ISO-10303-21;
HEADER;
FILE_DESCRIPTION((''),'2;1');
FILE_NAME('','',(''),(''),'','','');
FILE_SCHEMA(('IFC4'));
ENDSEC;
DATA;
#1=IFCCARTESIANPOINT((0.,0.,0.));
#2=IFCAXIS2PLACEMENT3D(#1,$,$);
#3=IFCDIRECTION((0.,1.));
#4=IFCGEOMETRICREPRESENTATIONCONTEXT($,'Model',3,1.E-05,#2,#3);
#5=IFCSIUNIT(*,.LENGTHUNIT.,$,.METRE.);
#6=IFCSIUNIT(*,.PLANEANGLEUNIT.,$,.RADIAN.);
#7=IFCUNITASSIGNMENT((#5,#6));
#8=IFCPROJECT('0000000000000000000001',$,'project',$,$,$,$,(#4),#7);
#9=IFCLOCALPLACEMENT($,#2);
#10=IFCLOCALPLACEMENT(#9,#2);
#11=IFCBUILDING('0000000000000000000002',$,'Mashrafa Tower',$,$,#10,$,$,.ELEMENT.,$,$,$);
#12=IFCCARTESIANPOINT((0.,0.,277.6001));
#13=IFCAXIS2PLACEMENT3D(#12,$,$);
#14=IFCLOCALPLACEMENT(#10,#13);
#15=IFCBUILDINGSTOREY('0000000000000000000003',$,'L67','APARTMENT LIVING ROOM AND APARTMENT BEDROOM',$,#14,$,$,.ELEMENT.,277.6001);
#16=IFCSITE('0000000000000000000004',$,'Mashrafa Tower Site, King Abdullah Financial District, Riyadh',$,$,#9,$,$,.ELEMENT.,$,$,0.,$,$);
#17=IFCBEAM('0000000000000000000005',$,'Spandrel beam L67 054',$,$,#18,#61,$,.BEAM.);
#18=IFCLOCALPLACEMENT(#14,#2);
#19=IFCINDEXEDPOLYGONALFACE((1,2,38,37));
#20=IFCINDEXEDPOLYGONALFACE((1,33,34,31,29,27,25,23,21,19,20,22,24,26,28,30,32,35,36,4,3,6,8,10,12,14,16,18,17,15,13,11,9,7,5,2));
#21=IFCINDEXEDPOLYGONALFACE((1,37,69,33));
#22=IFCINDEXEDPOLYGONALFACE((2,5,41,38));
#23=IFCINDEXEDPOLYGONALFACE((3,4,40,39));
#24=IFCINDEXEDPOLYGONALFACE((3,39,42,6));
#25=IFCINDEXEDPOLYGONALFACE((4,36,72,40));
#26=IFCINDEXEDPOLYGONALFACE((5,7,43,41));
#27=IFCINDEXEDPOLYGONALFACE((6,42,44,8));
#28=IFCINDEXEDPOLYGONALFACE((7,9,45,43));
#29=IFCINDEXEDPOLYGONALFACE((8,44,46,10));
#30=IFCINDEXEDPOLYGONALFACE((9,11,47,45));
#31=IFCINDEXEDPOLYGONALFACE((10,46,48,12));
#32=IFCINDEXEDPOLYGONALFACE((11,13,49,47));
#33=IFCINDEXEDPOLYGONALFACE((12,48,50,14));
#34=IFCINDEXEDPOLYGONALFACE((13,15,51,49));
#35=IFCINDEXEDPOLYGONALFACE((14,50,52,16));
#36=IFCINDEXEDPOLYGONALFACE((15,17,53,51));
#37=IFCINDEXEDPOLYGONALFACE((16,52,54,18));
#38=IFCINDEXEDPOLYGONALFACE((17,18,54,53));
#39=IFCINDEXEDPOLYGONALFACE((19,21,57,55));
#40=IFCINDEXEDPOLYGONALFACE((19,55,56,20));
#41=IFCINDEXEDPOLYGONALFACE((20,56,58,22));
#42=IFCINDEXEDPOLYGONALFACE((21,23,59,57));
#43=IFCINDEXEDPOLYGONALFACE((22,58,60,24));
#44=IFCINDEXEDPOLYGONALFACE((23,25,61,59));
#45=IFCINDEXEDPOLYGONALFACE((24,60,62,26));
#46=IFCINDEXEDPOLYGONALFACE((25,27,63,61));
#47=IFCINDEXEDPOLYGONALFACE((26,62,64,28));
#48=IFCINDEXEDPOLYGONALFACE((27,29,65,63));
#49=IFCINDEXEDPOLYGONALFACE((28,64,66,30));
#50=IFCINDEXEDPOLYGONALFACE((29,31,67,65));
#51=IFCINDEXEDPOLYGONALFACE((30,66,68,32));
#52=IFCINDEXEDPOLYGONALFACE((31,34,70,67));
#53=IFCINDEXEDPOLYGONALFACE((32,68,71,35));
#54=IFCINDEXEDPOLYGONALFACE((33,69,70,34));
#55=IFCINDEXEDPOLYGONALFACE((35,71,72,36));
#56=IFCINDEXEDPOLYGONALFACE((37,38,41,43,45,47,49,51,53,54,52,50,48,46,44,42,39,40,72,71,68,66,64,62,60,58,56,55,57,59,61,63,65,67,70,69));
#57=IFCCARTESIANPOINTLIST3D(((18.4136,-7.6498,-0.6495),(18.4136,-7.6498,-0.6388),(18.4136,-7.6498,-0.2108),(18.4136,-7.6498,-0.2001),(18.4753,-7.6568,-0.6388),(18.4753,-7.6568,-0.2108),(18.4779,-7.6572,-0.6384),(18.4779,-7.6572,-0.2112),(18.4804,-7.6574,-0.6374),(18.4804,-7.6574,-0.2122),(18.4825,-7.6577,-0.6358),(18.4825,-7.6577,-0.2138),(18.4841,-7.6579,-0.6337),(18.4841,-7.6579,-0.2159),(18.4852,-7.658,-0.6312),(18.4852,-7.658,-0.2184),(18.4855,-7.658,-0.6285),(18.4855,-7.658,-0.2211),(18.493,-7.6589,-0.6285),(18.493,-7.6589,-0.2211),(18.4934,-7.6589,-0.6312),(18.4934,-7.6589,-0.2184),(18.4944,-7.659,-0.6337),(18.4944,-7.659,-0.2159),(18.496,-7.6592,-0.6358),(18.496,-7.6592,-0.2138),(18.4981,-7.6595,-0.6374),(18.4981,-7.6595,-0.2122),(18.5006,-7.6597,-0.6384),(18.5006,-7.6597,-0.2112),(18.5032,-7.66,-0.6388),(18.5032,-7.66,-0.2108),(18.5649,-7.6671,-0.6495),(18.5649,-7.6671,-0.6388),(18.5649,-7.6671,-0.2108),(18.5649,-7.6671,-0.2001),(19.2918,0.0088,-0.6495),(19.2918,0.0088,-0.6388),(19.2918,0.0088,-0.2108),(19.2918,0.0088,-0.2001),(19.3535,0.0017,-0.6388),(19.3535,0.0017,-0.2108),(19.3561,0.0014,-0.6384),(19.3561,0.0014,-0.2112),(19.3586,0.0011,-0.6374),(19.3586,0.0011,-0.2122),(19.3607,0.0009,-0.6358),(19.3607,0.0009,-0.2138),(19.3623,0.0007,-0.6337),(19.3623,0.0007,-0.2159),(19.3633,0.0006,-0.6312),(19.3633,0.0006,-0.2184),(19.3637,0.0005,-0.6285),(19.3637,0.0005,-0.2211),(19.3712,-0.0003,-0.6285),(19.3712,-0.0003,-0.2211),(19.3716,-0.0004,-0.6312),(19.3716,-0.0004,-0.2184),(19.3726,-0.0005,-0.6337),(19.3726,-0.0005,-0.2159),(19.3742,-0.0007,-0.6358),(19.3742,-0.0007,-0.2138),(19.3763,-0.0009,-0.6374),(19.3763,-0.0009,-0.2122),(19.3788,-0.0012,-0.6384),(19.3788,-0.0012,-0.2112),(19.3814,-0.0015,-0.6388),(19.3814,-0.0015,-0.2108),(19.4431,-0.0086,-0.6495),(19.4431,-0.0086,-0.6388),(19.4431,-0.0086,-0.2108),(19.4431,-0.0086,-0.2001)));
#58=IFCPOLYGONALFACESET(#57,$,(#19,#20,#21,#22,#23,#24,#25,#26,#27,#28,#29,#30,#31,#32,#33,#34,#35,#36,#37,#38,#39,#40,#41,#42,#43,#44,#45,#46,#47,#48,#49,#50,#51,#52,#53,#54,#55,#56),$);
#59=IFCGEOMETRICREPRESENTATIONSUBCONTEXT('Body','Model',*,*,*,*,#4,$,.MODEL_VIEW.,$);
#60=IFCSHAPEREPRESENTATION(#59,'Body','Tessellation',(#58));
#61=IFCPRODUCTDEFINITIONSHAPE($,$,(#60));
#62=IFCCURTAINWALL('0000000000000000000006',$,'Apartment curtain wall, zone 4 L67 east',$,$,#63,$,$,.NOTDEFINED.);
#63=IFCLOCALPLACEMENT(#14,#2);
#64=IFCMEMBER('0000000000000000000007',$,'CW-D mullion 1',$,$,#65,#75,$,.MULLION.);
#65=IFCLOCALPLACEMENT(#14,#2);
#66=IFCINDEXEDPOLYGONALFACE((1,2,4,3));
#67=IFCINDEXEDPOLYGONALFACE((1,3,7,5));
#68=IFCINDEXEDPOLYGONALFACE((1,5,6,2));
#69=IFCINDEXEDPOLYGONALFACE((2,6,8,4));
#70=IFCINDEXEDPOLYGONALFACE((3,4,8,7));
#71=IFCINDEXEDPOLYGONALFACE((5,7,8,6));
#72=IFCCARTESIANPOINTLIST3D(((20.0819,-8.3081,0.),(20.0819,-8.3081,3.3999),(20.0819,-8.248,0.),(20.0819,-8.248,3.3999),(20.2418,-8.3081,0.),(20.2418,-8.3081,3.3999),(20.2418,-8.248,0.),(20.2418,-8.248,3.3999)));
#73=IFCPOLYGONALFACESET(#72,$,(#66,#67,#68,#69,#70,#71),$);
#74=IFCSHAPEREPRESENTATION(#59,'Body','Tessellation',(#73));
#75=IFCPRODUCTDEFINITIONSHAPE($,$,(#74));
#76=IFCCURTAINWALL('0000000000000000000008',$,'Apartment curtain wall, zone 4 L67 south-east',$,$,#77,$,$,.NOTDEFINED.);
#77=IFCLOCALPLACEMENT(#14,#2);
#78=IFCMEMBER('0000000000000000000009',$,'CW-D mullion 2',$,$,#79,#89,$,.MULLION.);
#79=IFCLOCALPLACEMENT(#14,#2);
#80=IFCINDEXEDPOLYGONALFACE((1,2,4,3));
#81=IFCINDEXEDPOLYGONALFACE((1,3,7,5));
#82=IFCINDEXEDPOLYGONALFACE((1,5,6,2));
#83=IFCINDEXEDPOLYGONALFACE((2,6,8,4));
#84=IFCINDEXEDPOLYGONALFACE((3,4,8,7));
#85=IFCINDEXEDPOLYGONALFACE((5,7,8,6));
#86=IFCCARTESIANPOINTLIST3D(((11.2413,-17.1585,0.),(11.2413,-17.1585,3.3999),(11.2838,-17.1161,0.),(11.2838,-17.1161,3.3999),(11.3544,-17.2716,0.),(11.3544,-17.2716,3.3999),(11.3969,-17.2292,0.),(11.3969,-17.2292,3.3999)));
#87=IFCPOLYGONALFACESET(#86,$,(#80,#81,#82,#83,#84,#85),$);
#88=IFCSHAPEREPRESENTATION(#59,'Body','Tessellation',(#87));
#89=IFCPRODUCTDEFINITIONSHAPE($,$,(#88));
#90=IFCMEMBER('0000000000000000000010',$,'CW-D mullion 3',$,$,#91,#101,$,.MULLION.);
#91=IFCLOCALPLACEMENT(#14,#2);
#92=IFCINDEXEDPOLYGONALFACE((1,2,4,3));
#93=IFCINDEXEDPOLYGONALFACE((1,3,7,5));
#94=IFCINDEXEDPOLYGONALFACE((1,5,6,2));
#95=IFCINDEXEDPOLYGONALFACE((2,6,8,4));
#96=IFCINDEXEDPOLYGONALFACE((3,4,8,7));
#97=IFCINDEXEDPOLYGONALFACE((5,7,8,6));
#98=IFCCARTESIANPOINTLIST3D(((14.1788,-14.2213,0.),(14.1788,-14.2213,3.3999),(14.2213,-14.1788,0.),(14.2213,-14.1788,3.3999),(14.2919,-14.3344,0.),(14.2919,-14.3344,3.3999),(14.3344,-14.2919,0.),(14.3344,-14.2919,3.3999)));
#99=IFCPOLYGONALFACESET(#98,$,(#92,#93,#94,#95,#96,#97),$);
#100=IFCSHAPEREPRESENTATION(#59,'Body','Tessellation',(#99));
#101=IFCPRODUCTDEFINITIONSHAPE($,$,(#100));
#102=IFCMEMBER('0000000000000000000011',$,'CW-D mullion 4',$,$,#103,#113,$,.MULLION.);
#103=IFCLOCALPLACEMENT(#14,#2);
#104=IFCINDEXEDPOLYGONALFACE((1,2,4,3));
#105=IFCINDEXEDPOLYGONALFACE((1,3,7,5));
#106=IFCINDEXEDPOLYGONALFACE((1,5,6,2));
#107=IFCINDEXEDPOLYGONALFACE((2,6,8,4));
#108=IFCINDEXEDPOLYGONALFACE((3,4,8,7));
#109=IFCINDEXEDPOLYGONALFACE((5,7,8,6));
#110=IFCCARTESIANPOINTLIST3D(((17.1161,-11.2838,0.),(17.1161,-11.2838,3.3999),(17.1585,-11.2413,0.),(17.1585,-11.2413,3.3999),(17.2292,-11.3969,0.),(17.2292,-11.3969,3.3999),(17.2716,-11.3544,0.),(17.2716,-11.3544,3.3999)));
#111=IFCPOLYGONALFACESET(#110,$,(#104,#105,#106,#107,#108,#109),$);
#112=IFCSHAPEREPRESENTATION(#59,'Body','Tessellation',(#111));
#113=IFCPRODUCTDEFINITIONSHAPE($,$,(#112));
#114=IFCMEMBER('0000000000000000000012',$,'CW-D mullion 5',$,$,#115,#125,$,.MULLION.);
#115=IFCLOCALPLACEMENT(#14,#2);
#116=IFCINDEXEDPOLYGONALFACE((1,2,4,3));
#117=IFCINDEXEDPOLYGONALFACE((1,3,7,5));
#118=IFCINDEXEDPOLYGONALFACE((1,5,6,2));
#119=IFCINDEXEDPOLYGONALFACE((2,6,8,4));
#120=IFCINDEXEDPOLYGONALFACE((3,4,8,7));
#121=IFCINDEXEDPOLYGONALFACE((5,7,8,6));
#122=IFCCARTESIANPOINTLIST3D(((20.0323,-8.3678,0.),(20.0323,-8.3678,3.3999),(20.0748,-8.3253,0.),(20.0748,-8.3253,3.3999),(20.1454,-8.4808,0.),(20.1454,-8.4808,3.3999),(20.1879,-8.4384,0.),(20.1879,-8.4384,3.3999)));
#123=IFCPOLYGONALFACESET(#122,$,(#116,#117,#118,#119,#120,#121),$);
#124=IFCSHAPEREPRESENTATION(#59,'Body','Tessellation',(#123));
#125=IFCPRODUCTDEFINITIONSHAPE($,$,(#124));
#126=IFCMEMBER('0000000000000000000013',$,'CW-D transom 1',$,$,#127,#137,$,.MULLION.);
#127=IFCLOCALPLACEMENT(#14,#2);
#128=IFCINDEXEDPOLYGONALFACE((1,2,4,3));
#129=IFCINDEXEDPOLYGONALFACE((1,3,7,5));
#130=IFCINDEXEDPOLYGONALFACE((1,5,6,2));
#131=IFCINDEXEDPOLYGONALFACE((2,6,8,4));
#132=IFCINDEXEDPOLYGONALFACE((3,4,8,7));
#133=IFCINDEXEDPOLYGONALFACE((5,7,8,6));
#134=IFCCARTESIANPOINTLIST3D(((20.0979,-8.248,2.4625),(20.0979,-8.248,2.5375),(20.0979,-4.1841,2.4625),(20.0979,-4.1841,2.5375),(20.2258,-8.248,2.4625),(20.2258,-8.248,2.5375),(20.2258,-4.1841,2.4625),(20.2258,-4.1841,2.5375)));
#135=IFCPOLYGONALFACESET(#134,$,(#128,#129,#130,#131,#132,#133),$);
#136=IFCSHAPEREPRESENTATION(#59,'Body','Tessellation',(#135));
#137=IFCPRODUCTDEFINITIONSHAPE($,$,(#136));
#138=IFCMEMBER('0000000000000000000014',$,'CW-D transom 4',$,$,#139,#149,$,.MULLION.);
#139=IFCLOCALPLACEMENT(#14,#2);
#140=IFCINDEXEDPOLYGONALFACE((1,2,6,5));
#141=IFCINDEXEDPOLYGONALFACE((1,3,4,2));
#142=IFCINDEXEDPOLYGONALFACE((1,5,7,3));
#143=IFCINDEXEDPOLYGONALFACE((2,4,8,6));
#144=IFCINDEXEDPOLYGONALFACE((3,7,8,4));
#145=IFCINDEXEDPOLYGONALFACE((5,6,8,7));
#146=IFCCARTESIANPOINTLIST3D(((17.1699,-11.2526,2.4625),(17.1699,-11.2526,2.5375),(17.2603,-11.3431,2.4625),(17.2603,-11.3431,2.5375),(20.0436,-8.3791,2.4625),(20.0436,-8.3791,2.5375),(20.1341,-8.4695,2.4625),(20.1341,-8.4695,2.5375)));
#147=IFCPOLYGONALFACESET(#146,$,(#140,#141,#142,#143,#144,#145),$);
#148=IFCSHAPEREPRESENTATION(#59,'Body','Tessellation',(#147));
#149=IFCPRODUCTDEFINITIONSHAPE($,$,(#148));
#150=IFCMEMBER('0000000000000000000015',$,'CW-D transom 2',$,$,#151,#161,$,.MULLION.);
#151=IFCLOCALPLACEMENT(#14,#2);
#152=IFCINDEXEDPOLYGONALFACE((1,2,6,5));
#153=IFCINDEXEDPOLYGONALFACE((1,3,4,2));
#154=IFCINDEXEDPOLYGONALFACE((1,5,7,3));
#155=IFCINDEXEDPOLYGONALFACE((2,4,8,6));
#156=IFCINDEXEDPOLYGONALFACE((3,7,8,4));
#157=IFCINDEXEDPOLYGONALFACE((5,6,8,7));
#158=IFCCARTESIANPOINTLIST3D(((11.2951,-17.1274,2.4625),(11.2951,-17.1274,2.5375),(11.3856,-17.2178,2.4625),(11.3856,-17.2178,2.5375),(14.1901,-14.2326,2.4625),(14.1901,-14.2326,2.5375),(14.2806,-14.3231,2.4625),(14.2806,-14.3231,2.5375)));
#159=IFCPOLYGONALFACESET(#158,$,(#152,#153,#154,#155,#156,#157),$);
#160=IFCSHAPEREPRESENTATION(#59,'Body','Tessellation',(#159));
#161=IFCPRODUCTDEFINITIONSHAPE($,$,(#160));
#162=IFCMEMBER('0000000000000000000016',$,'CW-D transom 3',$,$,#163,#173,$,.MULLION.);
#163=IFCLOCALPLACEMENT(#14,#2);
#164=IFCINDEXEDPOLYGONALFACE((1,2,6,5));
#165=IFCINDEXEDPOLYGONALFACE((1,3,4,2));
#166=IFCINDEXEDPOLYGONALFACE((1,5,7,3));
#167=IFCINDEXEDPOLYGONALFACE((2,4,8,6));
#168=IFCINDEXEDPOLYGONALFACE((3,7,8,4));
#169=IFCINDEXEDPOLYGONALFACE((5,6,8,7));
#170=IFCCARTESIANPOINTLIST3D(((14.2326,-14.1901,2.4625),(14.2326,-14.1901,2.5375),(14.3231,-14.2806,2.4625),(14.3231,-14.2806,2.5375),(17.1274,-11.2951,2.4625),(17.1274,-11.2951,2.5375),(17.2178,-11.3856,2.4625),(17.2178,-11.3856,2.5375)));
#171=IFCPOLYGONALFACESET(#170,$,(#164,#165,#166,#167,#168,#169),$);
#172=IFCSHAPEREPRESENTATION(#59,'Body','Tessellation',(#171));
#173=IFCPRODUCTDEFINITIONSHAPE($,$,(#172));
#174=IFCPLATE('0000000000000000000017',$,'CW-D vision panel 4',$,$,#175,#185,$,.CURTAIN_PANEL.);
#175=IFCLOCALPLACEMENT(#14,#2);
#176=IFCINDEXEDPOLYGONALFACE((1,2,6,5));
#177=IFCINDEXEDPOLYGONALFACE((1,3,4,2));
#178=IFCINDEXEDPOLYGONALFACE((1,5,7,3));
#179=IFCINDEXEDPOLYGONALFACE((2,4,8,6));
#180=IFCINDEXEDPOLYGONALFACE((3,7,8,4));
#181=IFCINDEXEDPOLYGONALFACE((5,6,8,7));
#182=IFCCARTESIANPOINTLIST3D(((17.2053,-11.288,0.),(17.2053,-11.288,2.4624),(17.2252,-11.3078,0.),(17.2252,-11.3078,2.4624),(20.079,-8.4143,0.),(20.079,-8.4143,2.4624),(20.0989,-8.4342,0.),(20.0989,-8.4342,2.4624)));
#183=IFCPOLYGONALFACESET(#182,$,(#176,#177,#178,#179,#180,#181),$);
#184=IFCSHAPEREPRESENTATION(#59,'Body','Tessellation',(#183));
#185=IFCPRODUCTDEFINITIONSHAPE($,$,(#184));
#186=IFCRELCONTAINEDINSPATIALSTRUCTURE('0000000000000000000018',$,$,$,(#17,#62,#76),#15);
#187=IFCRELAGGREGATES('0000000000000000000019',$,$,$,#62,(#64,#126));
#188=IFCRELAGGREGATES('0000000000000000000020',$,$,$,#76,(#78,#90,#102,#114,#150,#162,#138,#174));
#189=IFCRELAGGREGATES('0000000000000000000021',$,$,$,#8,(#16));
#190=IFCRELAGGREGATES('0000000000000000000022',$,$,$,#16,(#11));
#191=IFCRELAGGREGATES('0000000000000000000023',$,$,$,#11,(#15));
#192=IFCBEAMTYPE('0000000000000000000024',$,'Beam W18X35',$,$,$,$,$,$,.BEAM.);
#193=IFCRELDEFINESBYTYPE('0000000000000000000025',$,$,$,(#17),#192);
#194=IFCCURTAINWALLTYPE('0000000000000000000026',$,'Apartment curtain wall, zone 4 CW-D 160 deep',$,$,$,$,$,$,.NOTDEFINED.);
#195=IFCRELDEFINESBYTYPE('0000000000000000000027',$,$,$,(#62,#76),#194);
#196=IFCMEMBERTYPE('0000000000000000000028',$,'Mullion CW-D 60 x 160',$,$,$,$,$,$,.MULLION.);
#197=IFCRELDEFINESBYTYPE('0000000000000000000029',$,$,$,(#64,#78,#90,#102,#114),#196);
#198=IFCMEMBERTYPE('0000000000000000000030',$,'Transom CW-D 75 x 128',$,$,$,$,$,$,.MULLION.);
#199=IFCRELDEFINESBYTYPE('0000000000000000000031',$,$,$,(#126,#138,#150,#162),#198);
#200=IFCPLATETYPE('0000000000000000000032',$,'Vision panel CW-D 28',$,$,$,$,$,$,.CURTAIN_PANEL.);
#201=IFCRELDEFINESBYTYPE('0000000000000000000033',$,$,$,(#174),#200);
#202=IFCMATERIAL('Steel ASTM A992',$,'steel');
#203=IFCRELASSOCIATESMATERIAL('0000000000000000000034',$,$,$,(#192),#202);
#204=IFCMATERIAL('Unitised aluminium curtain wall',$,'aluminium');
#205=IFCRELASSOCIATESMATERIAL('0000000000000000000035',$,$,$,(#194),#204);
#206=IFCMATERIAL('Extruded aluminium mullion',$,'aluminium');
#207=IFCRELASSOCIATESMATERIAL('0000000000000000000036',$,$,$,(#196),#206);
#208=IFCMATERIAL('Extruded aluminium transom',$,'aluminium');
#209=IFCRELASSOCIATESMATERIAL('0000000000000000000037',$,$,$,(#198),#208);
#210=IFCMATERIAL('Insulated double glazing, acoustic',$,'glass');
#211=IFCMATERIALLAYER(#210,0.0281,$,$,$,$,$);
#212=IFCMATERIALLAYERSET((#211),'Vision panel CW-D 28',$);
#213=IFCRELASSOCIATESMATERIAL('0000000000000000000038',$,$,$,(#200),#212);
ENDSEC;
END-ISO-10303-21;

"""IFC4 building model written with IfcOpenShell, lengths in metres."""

from ifc_helpers import new_model, si_unit, direction, frame, origin, origin_2d, place, context, subcontext, project, spatial, rectangle, i_section, extrude, source, transform, mapped, material, layer, layer_set, material_profile, profile_set, type_object, type_shapes, element, aggregate, save


model = new_model("IFC4")

# Units and contexts
model_context = context("Model", 3, precision=1e-05, world=origin(), true_north=direction((0.0, 1.0)))
body_context = subcontext(model_context, "Body", "Model", "MODEL_VIEW")
ifc_project = project(units=[si_unit("LENGTHUNIT", "METRE"), si_unit("PLANEANGLEUNIT", "RADIAN")], contexts=[model_context])

# Site, building, storey
site_placement = place(None, origin())
site = spatial("IfcSite", under=ifc_project, at=site_placement, Name="Mashrafa Tower Site, King Abdullah Financial District, Riyadh", CompositionType="ELEMENT", RefElevation=0.0)
building_placement = place(site_placement, origin())
building = spatial("IfcBuilding", under=site, at=building_placement, Name="Mashrafa Tower", CompositionType="ELEMENT")
storey_placement = place(building_placement, frame((0.0, 0.0, 277.6001)))
storey = spatial("IfcBuildingStorey", under=building, at=storey_placement, Name="L67", Description="APARTMENT LIVING ROOM AND APARTMENT BEDROOM", CompositionType="ELEMENT", Elevation=277.6001)

# Beam
ifc_material_1 = material(Name="Steel ASTM A992", Category="steel")
ifc_material_profile_1 = material_profile(ifc_material_1, i_section(OverallWidth=0.1523, OverallDepth=0.4495, WebThickness=0.0076, FlangeThickness=0.0107, FilletRadius=0.0103, at=origin_2d()), Name="W18X35")
ifc_profile_set_1 = profile_set([ifc_material_profile_1], Name="Steel ASTM A992")
beam_type_1 = type_object("IfcBeamType", Name="Beam W18X35", PredefinedType="BEAM", material=ifc_profile_set_1)
for number, where, z_axis, x_axis, name in (
    (1, (18.4893, -7.6584, -0.4248), (0.113921, 0.99349, 0.0), (-0.99349, 0.113921, 0.0), "Spandrel beam L67 054"),
):
    element("IfcBeam", number, at=place(storey_placement, frame(where, z_axis=z_axis, x_axis=x_axis)), inside=storey, type_object=beam_type_1, Name=name, PredefinedType="BEAM", context=body_context, shape_type="SweptSolid", body=[
        extrude(i_section(OverallWidth=0.1523, OverallDepth=0.4495, WebThickness=0.0076, FlangeThickness=0.0107, FilletRadius=0.0103, at=origin_2d()), origin(), (0.0, 0.0, 1.0), 7.7087),
    ])

# Curtain wall, member
ifc_material_2 = material(Name="Unitised aluminium curtain wall", Category="aluminium")
curtain_wall_type = type_object("IfcCurtainWallType", Name="Apartment curtain wall, zone 4 CW-D 160 deep", PredefinedType="NOTDEFINED", material=ifc_material_2)
curtain_wall_1_placement = place(storey_placement, origin())
curtain_wall_1 = element("IfcCurtainWall", 2, at=curtain_wall_1_placement, inside=storey, type_object=curtain_wall_type, Name="Apartment curtain wall, zone 4 L67 east", PredefinedType="NOTDEFINED")
ifc_material_3 = material(Name="Extruded aluminium mullion", Category="aluminium")
ifc_material_profile_2 = material_profile(ifc_material_3, rectangle(XDim=0.1599, YDim=0.0601, at=origin_2d()), Name="Mullion 60x160")
ifc_profile_set_2 = profile_set([ifc_material_profile_2], Name="Extruded aluminium mullion")
member_type_1 = type_object("IfcMemberType", Name="Mullion CW-D 60 x 160", PredefinedType="MULLION", material=ifc_profile_set_2)
shared_shape_1 = source(origin(), body_context, "Body", "SweptSolid", [
    extrude(rectangle(XDim=0.1599, YDim=0.0601, at=origin_2d()), origin(), (0.0, 0.0, 1.0), 3.3999),
])
type_shapes(member_type_1, [shared_shape_1])
member_1_placement = place(storey_placement, frame((20.1619, -8.2781, 0.0), z_axis=(0.0, 0.0, 1.0), x_axis=(-1.0, 0.0, 0.0)))
member_1 = element("IfcMember", 3, at=member_1_placement, type_object=member_type_1, Name="CW-D mullion 1", PredefinedType="MULLION", context=body_context, shape_type="MappedRepresentation", body=[
    mapped(shared_shape_1, transform((0.0, 0.0, 0.0))),
])

# Curtain wall, members
curtain_wall_2_placement = place(storey_placement, origin())
curtain_wall_2 = element("IfcCurtainWall", 4, at=curtain_wall_2_placement, inside=storey, type_object=curtain_wall_type, Name="Apartment curtain wall, zone 4 L67 south-east", PredefinedType="NOTDEFINED")
member_2_placement = place(storey_placement, frame((11.3191, -17.1938, 0.0), z_axis=(0.0, 0.0, 1.0), x_axis=(-0.707107, 0.707107, 0.0)))
member_2 = element("IfcMember", 5, at=member_2_placement, type_object=member_type_1, Name="CW-D mullion 2", PredefinedType="MULLION", context=body_context, shape_type="MappedRepresentation", body=[
    mapped(shared_shape_1, transform((0.0, 0.0, 0.0))),
])
member_3_placement = place(storey_placement, frame((14.2566, -14.2566, 0.0), z_axis=(0.0, 0.0, 1.0), x_axis=(-0.707107, 0.707107, 0.0)))
member_3 = element("IfcMember", 6, at=member_3_placement, type_object=member_type_1, Name="CW-D mullion 3", PredefinedType="MULLION", context=body_context, shape_type="MappedRepresentation", body=[
    mapped(shared_shape_1, transform((0.0, 0.0, 0.0))),
])
member_4_placement = place(storey_placement, frame((17.1938, -11.3191, 0.0), z_axis=(0.0, 0.0, 1.0), x_axis=(-0.707107, 0.707107, 0.0)))
member_4 = element("IfcMember", 7, at=member_4_placement, type_object=member_type_1, Name="CW-D mullion 4", PredefinedType="MULLION", context=body_context, shape_type="MappedRepresentation", body=[
    mapped(shared_shape_1, transform((0.0, 0.0, 0.0))),
])
member_5_placement = place(storey_placement, frame((20.1101, -8.4031, 0.0), z_axis=(0.0, 0.0, 1.0), x_axis=(-0.707107, 0.707107, 0.0)))
member_5 = element("IfcMember", 8, at=member_5_placement, type_object=member_type_1, Name="CW-D mullion 5", PredefinedType="MULLION", context=body_context, shape_type="MappedRepresentation", body=[
    mapped(shared_shape_1, transform((0.0, 0.0, 0.0))),
])

# Members
ifc_material_4 = material(Name="Extruded aluminium transom", Category="aluminium")
ifc_material_profile_3 = material_profile(ifc_material_4, rectangle(XDim=0.1279, YDim=0.075, at=origin_2d()), Name="Transom 75x128")
ifc_profile_set_3 = profile_set([ifc_material_profile_3], Name="Extruded aluminium transom")
member_type_2 = type_object("IfcMemberType", Name="Transom CW-D 75 x 128", PredefinedType="MULLION", material=ifc_profile_set_3)
shared_shape_2 = source(origin(), body_context, "Body", "SweptSolid", [
    extrude(rectangle(XDim=0.1279, YDim=0.075, at=origin_2d()), origin(), (0.0, 0.0, 1.0), 4.064),
])
member_6_placement = place(storey_placement, frame((20.1619, -8.248, 2.5), z_axis=(0.0, 1.0, 0.0), x_axis=(-1.0, 0.0, 0.0)))
member_6 = element("IfcMember", 9, at=member_6_placement, type_object=member_type_2, Name="CW-D transom 1", PredefinedType="MULLION", context=body_context, shape_type="MappedRepresentation", body=[
    mapped(shared_shape_2, transform((0.0, 0.0, 0.0))),
])
aggregate(curtain_wall_1, [member_1, member_6])
member_7_placement = place(storey_placement, frame((17.2151, -11.2979, 2.5), z_axis=(0.707137, 0.707077, 0.0), x_axis=(-0.707077, 0.707137, 0.0)))
member_7 = element("IfcMember", 10, at=member_7_placement, type_object=member_type_2, Name="CW-D transom 4", PredefinedType="MULLION", context=body_context, shape_type="MappedRepresentation", body=[
    mapped(shared_shape_2, transform((0.0, 0.0, 0.0))),
])
shared_shape_3 = source(origin(), body_context, "Body", "SweptSolid", [
    extrude(rectangle(XDim=0.1279, YDim=0.075, at=origin_2d()), origin(), (0.0, 0.0, 1.0), 4.094),
])
type_shapes(member_type_2, [shared_shape_2, shared_shape_3])
member_8_placement = place(storey_placement, frame((11.3403, -17.1726, 2.5), z_axis=(0.707137, 0.707077, 0.0), x_axis=(-0.707077, 0.707137, 0.0)))
member_8 = element("IfcMember", 11, at=member_8_placement, type_object=member_type_2, Name="CW-D transom 2", PredefinedType="MULLION", context=body_context, shape_type="MappedRepresentation", body=[
    mapped(shared_shape_3, transform((0.0, 0.0, 0.0))),
])
member_9_placement = place(storey_placement, frame((14.2778, -14.2354, 2.5), z_axis=(0.707077, 0.707137, 0.0), x_axis=(-0.707137, 0.707077, 0.0)))
member_9 = element("IfcMember", 12, at=member_9_placement, type_object=member_type_2, Name="CW-D transom 3", PredefinedType="MULLION", context=body_context, shape_type="MappedRepresentation", body=[
    mapped(shared_shape_3, transform((0.0, 0.0, 0.0))),
])

# Plate
ifc_material_5 = material(Name="Insulated double glazing, acoustic", Category="glass")
ifc_layer_1 = layer(ifc_material_5, 0.0281)
ifc_layer_set_1 = layer_set([ifc_layer_1], Name="Vision panel CW-D 28")
plate_type_1 = type_object("IfcPlateType", Name="Vision panel CW-D 28", PredefinedType="CURTAIN_PANEL", material=ifc_layer_set_1)
shared_shape_4 = source(origin(), body_context, "Body", "SweptSolid", [
    extrude(rectangle(XDim=4.064, YDim=0.0281, at=origin_2d()), origin(), (0.0, 0.0, 1.0), 2.4624),
])
plate_1_placement = place(storey_placement, frame((18.6521, -9.8611, 0.0), z_axis=(0.0, 0.0, 1.0), x_axis=(0.707107, 0.707107, 0.0)))
plate_1 = element("IfcPlate", 13, at=plate_1_placement, type_object=plate_type_1, Name="CW-D vision panel 4", PredefinedType="CURTAIN_PANEL", context=body_context, shape_type="MappedRepresentation", body=[
    mapped(shared_shape_4, transform((0.0, 0.0, 0.0))),
])
aggregate(curtain_wall_2, [member_2, member_3, member_4, member_5, member_8, member_9, member_7, plate_1])

save(model, "model.ifc")
